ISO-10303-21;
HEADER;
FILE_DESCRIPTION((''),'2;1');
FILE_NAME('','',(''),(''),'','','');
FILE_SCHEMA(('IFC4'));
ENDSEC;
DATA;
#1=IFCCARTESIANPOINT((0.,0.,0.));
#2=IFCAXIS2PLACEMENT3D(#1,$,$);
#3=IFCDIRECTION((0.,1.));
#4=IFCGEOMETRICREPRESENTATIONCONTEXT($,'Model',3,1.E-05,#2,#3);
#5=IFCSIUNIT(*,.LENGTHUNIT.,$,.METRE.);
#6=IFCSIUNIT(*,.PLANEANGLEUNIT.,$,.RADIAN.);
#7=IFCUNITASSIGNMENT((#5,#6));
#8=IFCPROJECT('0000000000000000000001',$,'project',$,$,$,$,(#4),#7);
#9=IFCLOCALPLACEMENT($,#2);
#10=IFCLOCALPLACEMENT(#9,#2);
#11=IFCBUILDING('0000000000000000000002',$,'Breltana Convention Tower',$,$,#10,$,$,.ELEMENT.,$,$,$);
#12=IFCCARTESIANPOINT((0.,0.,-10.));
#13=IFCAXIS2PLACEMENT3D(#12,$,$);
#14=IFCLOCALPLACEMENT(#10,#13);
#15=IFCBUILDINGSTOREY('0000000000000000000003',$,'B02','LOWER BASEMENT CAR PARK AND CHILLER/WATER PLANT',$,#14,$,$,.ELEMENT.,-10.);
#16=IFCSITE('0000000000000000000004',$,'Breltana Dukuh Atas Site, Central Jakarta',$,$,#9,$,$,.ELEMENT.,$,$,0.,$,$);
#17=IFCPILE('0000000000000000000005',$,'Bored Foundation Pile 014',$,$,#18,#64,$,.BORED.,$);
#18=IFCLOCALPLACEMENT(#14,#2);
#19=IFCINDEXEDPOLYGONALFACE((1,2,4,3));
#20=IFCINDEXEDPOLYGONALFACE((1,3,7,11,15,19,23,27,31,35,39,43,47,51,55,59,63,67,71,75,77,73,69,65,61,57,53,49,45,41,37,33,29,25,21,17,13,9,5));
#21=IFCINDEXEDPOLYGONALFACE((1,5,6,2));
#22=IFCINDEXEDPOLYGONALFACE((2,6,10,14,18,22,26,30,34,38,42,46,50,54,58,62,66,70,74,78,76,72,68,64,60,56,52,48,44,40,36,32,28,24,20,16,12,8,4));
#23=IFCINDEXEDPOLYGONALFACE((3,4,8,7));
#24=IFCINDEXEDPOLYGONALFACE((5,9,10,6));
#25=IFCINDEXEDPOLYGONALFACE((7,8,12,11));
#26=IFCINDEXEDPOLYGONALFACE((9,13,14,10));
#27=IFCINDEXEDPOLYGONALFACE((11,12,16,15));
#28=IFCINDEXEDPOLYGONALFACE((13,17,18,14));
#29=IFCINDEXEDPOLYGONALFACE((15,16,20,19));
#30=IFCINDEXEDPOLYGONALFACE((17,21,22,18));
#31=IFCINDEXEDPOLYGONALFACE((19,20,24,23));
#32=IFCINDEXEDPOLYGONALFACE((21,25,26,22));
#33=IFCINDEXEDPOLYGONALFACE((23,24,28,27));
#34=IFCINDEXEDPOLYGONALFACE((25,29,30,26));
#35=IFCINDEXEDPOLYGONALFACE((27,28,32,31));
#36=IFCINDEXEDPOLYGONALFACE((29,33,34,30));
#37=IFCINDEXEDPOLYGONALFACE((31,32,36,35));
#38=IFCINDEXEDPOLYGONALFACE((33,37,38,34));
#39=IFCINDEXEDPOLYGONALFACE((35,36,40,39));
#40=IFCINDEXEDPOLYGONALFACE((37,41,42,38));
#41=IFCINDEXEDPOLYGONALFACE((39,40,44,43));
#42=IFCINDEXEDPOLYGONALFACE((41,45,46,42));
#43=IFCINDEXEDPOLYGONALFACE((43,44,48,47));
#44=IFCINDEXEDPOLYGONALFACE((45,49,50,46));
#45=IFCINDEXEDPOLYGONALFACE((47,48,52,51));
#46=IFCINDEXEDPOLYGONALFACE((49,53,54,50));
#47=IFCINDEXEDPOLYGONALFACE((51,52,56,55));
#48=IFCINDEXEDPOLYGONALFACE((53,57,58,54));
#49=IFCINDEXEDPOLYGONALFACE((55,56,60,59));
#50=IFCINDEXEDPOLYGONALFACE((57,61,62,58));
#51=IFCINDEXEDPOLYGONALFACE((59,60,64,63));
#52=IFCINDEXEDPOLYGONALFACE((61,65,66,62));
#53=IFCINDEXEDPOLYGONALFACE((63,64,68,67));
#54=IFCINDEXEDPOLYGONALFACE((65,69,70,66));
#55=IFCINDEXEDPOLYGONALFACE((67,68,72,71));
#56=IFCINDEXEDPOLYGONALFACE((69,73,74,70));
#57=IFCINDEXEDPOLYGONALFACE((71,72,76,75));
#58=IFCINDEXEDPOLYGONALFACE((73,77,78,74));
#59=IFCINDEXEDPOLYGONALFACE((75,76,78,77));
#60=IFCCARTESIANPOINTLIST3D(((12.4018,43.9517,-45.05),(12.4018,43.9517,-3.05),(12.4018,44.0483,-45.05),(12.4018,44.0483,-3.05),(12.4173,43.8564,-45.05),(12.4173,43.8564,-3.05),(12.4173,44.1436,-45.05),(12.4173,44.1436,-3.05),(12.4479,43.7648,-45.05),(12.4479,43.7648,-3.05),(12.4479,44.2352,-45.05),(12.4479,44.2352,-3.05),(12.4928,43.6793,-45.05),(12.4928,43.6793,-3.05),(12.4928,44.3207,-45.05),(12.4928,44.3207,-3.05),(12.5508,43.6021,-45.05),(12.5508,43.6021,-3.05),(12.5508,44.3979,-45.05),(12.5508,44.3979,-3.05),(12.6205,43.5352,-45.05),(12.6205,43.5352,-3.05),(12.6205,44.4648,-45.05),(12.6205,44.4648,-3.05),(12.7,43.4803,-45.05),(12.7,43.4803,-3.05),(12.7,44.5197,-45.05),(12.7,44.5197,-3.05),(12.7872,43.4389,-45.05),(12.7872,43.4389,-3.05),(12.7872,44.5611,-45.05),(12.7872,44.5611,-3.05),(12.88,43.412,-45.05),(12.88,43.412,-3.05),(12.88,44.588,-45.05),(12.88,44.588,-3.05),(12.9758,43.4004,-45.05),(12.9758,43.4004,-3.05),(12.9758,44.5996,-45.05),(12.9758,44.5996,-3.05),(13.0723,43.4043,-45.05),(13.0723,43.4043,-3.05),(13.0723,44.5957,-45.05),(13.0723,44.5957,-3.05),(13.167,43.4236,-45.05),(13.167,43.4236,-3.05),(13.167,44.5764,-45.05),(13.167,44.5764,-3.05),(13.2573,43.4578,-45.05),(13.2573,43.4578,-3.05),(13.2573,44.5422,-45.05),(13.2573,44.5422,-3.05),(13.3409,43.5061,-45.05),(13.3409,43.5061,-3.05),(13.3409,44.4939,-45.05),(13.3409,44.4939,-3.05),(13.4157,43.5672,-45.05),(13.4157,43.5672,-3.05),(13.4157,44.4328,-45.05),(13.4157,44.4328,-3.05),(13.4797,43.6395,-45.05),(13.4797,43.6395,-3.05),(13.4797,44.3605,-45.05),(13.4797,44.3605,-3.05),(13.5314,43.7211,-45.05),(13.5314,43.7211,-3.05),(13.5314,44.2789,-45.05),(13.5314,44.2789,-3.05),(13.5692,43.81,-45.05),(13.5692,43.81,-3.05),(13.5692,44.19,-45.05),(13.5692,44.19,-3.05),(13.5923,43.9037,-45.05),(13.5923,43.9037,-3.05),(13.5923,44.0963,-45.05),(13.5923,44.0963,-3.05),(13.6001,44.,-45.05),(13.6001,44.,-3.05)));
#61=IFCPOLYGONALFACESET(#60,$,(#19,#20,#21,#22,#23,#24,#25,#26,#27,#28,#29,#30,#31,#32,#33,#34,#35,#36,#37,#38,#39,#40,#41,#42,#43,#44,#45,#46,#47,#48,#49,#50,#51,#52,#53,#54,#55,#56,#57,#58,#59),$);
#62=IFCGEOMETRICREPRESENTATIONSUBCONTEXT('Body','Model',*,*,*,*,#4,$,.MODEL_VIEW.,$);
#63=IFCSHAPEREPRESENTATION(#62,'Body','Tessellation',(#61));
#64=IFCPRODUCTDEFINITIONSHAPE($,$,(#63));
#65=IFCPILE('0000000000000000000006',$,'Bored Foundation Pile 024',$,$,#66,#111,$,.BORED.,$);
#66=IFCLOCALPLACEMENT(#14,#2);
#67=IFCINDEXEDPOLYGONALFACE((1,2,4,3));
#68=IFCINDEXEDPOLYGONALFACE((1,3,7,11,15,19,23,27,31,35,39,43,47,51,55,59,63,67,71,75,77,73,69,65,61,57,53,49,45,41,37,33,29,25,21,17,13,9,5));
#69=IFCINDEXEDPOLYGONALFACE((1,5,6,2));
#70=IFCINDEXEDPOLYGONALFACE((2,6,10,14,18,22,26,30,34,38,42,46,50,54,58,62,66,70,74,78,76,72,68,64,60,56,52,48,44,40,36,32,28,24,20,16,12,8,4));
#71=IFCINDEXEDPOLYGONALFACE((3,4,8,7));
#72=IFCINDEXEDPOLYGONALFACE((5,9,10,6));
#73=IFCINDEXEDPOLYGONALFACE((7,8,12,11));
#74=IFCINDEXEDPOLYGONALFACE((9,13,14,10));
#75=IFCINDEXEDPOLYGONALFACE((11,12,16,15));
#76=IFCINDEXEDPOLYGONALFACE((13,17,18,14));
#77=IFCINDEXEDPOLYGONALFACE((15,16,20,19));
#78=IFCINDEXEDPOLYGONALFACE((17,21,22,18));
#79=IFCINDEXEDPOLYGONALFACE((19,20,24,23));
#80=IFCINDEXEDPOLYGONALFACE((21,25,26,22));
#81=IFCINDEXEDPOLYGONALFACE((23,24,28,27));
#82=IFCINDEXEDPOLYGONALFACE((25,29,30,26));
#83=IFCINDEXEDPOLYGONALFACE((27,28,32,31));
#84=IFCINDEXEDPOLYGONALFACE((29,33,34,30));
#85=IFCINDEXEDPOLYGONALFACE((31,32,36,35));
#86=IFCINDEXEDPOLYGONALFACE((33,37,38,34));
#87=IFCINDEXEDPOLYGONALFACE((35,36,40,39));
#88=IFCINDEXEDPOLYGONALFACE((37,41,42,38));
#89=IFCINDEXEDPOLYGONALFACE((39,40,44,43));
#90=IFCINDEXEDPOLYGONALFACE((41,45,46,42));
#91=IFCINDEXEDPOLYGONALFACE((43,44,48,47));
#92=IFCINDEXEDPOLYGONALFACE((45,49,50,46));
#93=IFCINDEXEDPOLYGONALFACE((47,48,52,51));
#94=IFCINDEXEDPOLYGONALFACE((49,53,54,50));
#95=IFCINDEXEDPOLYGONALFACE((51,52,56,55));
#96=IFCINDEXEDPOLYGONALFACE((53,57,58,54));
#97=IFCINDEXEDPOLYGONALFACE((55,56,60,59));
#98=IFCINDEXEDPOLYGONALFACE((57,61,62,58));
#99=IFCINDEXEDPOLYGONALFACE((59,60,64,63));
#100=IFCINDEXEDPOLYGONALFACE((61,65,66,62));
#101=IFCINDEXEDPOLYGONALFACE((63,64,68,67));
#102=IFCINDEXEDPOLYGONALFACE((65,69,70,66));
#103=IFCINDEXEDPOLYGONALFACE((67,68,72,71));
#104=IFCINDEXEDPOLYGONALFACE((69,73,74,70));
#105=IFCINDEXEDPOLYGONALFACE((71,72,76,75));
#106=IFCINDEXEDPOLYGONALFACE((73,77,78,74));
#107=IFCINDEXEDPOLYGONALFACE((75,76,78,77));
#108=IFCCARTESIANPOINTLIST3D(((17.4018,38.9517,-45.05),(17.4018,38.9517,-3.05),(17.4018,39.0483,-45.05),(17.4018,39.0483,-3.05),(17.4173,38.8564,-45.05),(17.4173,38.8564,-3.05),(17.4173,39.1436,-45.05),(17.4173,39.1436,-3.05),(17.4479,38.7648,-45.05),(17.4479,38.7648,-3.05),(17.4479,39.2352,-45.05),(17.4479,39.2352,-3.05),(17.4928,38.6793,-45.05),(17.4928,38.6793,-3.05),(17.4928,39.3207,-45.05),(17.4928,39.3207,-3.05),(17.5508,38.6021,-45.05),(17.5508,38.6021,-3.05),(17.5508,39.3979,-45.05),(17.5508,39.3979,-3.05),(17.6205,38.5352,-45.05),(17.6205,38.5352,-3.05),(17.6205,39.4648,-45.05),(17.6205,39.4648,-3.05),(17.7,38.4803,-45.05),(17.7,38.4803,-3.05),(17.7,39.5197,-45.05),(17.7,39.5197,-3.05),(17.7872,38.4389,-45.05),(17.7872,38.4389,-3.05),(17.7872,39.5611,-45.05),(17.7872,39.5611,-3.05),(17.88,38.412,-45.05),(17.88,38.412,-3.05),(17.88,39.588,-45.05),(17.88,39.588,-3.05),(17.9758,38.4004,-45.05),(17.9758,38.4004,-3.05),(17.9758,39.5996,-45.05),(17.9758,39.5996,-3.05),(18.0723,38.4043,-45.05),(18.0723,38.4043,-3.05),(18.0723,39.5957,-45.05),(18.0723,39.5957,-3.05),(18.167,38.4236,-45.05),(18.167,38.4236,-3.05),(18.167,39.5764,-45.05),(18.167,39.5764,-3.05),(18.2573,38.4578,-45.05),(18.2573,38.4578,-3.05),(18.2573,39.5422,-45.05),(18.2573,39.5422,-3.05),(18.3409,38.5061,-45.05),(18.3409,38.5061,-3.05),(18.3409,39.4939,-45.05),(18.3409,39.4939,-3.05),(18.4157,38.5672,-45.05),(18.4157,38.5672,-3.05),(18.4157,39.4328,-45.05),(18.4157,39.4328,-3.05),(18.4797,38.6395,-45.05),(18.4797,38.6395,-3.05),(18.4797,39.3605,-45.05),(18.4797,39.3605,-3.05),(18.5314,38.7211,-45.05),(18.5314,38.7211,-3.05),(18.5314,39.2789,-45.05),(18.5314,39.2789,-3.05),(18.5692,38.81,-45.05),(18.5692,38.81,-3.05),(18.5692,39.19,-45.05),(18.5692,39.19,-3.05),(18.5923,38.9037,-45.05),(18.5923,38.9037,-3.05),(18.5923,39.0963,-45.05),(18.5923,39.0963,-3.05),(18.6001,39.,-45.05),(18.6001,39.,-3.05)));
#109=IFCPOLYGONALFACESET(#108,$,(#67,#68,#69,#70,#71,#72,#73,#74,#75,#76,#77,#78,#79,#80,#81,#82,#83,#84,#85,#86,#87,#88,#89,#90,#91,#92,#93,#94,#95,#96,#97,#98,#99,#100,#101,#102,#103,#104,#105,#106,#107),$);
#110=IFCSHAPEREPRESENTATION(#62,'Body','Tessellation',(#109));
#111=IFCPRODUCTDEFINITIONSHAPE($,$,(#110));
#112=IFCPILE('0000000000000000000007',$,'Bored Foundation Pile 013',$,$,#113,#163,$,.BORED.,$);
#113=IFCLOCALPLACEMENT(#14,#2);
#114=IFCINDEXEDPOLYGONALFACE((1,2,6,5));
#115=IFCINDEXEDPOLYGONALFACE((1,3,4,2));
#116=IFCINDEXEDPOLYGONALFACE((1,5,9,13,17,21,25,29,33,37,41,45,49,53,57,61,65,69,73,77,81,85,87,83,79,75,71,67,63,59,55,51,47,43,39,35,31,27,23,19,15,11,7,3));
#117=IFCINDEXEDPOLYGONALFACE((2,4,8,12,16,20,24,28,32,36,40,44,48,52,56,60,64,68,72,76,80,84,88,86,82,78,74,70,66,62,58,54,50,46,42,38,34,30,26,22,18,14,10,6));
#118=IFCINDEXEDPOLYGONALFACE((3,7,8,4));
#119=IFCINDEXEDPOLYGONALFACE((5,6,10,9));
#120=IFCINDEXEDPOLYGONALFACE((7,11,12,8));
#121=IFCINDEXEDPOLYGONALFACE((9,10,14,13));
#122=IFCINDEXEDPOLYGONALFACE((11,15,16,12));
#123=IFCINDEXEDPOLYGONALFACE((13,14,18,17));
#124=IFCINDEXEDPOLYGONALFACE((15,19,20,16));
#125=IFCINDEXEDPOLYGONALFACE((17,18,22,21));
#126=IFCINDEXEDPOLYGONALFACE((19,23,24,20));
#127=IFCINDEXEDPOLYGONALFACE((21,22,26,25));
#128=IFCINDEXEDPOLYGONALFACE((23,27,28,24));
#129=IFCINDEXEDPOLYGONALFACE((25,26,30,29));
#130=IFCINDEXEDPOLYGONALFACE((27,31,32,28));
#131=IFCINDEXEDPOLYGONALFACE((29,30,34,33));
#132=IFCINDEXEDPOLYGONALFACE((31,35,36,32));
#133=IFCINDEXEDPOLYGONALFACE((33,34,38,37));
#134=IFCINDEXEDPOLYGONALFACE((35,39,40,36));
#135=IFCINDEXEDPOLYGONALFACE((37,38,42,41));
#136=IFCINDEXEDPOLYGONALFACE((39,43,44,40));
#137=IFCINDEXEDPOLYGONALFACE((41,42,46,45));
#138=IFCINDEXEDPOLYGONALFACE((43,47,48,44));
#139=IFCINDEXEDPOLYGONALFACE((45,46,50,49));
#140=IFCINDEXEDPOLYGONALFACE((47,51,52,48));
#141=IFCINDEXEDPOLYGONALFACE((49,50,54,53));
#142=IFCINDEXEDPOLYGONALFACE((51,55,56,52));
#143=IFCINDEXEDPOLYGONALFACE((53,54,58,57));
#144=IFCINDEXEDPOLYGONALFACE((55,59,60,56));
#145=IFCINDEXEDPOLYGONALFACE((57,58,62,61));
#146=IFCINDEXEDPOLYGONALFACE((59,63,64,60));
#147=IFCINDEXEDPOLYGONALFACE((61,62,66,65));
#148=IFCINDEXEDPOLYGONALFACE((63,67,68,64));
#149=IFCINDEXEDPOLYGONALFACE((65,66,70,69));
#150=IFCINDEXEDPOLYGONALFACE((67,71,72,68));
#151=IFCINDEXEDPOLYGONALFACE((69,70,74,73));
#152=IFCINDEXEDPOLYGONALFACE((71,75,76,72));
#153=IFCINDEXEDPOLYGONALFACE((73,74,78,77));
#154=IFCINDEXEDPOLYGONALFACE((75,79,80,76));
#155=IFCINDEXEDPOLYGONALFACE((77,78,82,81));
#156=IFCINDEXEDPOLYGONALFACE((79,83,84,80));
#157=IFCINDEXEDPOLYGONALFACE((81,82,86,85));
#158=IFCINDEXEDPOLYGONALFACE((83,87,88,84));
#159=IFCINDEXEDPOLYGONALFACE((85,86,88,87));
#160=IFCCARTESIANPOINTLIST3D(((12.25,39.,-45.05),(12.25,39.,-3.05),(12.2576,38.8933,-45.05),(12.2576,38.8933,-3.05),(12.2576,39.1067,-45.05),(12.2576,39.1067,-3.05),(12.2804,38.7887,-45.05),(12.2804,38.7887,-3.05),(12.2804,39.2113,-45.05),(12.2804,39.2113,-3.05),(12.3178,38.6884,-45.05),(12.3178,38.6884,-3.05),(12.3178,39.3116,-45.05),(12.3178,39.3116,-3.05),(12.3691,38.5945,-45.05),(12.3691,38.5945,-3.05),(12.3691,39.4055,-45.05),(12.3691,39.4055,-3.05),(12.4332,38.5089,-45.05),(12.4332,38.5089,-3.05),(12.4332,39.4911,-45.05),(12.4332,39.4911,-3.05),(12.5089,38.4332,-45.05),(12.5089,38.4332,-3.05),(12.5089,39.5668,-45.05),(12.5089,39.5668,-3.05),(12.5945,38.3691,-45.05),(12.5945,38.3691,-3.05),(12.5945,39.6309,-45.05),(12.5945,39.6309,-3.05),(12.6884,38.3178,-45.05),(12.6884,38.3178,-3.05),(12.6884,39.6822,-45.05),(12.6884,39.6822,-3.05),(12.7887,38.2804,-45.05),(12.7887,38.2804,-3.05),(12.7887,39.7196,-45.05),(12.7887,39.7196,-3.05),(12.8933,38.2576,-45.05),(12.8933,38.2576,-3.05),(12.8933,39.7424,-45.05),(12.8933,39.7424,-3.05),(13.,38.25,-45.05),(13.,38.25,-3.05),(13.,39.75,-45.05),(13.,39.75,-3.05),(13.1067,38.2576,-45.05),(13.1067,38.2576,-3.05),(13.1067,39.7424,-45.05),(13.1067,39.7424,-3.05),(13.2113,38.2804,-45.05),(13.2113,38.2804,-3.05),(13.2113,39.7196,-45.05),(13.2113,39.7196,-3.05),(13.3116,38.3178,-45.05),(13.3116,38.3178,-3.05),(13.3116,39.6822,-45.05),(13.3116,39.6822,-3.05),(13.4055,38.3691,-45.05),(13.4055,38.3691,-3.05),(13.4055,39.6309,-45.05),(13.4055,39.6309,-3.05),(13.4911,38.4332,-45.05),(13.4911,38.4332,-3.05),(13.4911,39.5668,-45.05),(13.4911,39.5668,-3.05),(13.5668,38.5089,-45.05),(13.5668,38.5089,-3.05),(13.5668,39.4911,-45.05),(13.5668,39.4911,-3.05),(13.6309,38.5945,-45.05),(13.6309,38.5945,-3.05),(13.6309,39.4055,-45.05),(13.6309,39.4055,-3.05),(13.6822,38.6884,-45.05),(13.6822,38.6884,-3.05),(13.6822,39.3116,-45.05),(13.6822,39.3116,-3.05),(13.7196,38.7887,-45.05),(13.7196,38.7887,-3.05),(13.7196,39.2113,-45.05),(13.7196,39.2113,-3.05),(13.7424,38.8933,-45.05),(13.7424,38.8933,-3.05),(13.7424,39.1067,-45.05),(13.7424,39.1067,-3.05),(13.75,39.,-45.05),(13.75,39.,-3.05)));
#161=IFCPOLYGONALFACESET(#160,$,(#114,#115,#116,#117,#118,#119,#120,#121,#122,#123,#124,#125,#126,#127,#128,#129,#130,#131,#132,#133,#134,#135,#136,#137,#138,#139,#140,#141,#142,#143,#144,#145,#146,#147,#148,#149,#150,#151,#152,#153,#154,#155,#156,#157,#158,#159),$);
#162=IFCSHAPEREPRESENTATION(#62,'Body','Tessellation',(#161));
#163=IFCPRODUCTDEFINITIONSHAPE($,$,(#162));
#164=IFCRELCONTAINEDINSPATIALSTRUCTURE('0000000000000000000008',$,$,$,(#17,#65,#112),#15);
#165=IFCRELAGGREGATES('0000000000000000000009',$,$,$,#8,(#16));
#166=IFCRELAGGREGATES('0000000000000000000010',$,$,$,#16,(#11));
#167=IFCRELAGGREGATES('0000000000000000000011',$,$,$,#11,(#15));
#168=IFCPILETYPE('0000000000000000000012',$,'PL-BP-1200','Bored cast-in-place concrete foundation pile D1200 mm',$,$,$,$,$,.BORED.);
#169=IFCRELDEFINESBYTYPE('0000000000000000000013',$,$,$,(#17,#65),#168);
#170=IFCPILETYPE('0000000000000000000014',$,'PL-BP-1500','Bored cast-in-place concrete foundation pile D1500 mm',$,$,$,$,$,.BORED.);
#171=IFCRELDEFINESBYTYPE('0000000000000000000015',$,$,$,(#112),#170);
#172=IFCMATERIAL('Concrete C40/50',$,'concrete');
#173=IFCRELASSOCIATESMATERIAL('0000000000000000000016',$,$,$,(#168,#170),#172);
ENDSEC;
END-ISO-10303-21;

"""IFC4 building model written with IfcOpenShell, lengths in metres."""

from ifc_helpers import new_model, si_unit, direction, frame, origin, origin_2d, place, context, subcontext, project, spatial, circle, extrude, source, transform, mapped, material, material_profile, profile_set, type_object, type_shapes, element, save


model = new_model("IFC4")

# Units and contexts
model_context = context("Model", 3, precision=1e-05, world=origin(), true_north=direction((0.0, 1.0)))
body_context = subcontext(model_context, "Body", "Model", "MODEL_VIEW")
ifc_project = project(units=[si_unit("LENGTHUNIT", "METRE"), si_unit("PLANEANGLEUNIT", "RADIAN")], contexts=[model_context])

# Site, building, storey
site_placement = place(None, origin())
site = spatial("IfcSite", under=ifc_project, at=site_placement, Name="Breltana Dukuh Atas Site, Central Jakarta", CompositionType="ELEMENT", RefElevation=0.0)
building_placement = place(site_placement, origin())
building = spatial("IfcBuilding", under=site, at=building_placement, Name="Breltana Convention Tower", CompositionType="ELEMENT")
storey_placement = place(building_placement, frame((0.0, 0.0, -10.0)))
storey = spatial("IfcBuildingStorey", under=building, at=storey_placement, Name="B02", Description="LOWER BASEMENT CAR PARK AND CHILLER/WATER PLANT", CompositionType="ELEMENT", Elevation=-10.0)

# Piles
ifc_material_1 = material(Name="Concrete C40/50", Category="concrete")
ifc_material_profile_1 = material_profile(ifc_material_1, circle(Radius=0.6001, at=origin_2d()), Name="BP-D1200")
ifc_profile_set_1 = profile_set([ifc_material_profile_1], Name="Concrete C40/50")
pile_type_1 = type_object("IfcPileType", Name="PL-BP-1200", Description="Bored cast-in-place concrete foundation pile D1200 mm", PredefinedType="BORED", material=ifc_profile_set_1)
shared_shape_1 = source(origin(), body_context, "Body", "SweptSolid", [
    extrude(circle(Radius=0.6001, at=origin_2d()), origin(), (0.0, 0.0, 1.0), 42.0),
])
type_shapes(pile_type_1, [shared_shape_1])
for number, where, z_axis, x_axis, name in (
    (1, (13.0, 44.0, -3.05), (0.0, 0.0, -1.0), (1.0, 0.0, 0.0), "Bored Foundation Pile 014"),
    (2, (18.0, 39.0, -3.05), (0.0, 0.0, -1.0), (1.0, 0.0, 0.0), "Bored Foundation Pile 024"),
):
    element("IfcPile", number, at=place(storey_placement, frame(where, z_axis=z_axis, x_axis=x_axis)), inside=storey, type_object=pile_type_1, Name=name, PredefinedType="BORED", context=body_context, shape_type="MappedRepresentation", body=[
        mapped(shared_shape_1, transform((0.0, 0.0, 0.0), scale=1.0)),
    ])
ifc_material_profile_2 = material_profile(ifc_material_1, circle(Radius=0.75, at=origin_2d()), Name="BP-D1500")
ifc_profile_set_2 = profile_set([ifc_material_profile_2], Name="Concrete C40/50")
pile_type_2 = type_object("IfcPileType", Name="PL-BP-1500", Description="Bored cast-in-place concrete foundation pile D1500 mm", PredefinedType="BORED", material=ifc_profile_set_2)
shared_shape_2 = source(origin(), body_context, "Body", "SweptSolid", [
    extrude(circle(Radius=0.75, at=origin_2d()), origin(), (0.0, 0.0, 1.0), 42.0),
])
type_shapes(pile_type_2, [shared_shape_2])
for number, where, z_axis, x_axis, name in (
    (3, (13.0, 39.0, -3.05), (0.0, 0.0, -1.0), (1.0, 0.0, 0.0), "Bored Foundation Pile 013"),
):
    element("IfcPile", number, at=place(storey_placement, frame(where, z_axis=z_axis, x_axis=x_axis)), inside=storey, type_object=pile_type_2, Name=name, PredefinedType="BORED", context=body_context, shape_type="MappedRepresentation", body=[
        mapped(shared_shape_2, transform((0.0, 0.0, 0.0), scale=1.0)),
    ])

save(model, "model.ifc")
